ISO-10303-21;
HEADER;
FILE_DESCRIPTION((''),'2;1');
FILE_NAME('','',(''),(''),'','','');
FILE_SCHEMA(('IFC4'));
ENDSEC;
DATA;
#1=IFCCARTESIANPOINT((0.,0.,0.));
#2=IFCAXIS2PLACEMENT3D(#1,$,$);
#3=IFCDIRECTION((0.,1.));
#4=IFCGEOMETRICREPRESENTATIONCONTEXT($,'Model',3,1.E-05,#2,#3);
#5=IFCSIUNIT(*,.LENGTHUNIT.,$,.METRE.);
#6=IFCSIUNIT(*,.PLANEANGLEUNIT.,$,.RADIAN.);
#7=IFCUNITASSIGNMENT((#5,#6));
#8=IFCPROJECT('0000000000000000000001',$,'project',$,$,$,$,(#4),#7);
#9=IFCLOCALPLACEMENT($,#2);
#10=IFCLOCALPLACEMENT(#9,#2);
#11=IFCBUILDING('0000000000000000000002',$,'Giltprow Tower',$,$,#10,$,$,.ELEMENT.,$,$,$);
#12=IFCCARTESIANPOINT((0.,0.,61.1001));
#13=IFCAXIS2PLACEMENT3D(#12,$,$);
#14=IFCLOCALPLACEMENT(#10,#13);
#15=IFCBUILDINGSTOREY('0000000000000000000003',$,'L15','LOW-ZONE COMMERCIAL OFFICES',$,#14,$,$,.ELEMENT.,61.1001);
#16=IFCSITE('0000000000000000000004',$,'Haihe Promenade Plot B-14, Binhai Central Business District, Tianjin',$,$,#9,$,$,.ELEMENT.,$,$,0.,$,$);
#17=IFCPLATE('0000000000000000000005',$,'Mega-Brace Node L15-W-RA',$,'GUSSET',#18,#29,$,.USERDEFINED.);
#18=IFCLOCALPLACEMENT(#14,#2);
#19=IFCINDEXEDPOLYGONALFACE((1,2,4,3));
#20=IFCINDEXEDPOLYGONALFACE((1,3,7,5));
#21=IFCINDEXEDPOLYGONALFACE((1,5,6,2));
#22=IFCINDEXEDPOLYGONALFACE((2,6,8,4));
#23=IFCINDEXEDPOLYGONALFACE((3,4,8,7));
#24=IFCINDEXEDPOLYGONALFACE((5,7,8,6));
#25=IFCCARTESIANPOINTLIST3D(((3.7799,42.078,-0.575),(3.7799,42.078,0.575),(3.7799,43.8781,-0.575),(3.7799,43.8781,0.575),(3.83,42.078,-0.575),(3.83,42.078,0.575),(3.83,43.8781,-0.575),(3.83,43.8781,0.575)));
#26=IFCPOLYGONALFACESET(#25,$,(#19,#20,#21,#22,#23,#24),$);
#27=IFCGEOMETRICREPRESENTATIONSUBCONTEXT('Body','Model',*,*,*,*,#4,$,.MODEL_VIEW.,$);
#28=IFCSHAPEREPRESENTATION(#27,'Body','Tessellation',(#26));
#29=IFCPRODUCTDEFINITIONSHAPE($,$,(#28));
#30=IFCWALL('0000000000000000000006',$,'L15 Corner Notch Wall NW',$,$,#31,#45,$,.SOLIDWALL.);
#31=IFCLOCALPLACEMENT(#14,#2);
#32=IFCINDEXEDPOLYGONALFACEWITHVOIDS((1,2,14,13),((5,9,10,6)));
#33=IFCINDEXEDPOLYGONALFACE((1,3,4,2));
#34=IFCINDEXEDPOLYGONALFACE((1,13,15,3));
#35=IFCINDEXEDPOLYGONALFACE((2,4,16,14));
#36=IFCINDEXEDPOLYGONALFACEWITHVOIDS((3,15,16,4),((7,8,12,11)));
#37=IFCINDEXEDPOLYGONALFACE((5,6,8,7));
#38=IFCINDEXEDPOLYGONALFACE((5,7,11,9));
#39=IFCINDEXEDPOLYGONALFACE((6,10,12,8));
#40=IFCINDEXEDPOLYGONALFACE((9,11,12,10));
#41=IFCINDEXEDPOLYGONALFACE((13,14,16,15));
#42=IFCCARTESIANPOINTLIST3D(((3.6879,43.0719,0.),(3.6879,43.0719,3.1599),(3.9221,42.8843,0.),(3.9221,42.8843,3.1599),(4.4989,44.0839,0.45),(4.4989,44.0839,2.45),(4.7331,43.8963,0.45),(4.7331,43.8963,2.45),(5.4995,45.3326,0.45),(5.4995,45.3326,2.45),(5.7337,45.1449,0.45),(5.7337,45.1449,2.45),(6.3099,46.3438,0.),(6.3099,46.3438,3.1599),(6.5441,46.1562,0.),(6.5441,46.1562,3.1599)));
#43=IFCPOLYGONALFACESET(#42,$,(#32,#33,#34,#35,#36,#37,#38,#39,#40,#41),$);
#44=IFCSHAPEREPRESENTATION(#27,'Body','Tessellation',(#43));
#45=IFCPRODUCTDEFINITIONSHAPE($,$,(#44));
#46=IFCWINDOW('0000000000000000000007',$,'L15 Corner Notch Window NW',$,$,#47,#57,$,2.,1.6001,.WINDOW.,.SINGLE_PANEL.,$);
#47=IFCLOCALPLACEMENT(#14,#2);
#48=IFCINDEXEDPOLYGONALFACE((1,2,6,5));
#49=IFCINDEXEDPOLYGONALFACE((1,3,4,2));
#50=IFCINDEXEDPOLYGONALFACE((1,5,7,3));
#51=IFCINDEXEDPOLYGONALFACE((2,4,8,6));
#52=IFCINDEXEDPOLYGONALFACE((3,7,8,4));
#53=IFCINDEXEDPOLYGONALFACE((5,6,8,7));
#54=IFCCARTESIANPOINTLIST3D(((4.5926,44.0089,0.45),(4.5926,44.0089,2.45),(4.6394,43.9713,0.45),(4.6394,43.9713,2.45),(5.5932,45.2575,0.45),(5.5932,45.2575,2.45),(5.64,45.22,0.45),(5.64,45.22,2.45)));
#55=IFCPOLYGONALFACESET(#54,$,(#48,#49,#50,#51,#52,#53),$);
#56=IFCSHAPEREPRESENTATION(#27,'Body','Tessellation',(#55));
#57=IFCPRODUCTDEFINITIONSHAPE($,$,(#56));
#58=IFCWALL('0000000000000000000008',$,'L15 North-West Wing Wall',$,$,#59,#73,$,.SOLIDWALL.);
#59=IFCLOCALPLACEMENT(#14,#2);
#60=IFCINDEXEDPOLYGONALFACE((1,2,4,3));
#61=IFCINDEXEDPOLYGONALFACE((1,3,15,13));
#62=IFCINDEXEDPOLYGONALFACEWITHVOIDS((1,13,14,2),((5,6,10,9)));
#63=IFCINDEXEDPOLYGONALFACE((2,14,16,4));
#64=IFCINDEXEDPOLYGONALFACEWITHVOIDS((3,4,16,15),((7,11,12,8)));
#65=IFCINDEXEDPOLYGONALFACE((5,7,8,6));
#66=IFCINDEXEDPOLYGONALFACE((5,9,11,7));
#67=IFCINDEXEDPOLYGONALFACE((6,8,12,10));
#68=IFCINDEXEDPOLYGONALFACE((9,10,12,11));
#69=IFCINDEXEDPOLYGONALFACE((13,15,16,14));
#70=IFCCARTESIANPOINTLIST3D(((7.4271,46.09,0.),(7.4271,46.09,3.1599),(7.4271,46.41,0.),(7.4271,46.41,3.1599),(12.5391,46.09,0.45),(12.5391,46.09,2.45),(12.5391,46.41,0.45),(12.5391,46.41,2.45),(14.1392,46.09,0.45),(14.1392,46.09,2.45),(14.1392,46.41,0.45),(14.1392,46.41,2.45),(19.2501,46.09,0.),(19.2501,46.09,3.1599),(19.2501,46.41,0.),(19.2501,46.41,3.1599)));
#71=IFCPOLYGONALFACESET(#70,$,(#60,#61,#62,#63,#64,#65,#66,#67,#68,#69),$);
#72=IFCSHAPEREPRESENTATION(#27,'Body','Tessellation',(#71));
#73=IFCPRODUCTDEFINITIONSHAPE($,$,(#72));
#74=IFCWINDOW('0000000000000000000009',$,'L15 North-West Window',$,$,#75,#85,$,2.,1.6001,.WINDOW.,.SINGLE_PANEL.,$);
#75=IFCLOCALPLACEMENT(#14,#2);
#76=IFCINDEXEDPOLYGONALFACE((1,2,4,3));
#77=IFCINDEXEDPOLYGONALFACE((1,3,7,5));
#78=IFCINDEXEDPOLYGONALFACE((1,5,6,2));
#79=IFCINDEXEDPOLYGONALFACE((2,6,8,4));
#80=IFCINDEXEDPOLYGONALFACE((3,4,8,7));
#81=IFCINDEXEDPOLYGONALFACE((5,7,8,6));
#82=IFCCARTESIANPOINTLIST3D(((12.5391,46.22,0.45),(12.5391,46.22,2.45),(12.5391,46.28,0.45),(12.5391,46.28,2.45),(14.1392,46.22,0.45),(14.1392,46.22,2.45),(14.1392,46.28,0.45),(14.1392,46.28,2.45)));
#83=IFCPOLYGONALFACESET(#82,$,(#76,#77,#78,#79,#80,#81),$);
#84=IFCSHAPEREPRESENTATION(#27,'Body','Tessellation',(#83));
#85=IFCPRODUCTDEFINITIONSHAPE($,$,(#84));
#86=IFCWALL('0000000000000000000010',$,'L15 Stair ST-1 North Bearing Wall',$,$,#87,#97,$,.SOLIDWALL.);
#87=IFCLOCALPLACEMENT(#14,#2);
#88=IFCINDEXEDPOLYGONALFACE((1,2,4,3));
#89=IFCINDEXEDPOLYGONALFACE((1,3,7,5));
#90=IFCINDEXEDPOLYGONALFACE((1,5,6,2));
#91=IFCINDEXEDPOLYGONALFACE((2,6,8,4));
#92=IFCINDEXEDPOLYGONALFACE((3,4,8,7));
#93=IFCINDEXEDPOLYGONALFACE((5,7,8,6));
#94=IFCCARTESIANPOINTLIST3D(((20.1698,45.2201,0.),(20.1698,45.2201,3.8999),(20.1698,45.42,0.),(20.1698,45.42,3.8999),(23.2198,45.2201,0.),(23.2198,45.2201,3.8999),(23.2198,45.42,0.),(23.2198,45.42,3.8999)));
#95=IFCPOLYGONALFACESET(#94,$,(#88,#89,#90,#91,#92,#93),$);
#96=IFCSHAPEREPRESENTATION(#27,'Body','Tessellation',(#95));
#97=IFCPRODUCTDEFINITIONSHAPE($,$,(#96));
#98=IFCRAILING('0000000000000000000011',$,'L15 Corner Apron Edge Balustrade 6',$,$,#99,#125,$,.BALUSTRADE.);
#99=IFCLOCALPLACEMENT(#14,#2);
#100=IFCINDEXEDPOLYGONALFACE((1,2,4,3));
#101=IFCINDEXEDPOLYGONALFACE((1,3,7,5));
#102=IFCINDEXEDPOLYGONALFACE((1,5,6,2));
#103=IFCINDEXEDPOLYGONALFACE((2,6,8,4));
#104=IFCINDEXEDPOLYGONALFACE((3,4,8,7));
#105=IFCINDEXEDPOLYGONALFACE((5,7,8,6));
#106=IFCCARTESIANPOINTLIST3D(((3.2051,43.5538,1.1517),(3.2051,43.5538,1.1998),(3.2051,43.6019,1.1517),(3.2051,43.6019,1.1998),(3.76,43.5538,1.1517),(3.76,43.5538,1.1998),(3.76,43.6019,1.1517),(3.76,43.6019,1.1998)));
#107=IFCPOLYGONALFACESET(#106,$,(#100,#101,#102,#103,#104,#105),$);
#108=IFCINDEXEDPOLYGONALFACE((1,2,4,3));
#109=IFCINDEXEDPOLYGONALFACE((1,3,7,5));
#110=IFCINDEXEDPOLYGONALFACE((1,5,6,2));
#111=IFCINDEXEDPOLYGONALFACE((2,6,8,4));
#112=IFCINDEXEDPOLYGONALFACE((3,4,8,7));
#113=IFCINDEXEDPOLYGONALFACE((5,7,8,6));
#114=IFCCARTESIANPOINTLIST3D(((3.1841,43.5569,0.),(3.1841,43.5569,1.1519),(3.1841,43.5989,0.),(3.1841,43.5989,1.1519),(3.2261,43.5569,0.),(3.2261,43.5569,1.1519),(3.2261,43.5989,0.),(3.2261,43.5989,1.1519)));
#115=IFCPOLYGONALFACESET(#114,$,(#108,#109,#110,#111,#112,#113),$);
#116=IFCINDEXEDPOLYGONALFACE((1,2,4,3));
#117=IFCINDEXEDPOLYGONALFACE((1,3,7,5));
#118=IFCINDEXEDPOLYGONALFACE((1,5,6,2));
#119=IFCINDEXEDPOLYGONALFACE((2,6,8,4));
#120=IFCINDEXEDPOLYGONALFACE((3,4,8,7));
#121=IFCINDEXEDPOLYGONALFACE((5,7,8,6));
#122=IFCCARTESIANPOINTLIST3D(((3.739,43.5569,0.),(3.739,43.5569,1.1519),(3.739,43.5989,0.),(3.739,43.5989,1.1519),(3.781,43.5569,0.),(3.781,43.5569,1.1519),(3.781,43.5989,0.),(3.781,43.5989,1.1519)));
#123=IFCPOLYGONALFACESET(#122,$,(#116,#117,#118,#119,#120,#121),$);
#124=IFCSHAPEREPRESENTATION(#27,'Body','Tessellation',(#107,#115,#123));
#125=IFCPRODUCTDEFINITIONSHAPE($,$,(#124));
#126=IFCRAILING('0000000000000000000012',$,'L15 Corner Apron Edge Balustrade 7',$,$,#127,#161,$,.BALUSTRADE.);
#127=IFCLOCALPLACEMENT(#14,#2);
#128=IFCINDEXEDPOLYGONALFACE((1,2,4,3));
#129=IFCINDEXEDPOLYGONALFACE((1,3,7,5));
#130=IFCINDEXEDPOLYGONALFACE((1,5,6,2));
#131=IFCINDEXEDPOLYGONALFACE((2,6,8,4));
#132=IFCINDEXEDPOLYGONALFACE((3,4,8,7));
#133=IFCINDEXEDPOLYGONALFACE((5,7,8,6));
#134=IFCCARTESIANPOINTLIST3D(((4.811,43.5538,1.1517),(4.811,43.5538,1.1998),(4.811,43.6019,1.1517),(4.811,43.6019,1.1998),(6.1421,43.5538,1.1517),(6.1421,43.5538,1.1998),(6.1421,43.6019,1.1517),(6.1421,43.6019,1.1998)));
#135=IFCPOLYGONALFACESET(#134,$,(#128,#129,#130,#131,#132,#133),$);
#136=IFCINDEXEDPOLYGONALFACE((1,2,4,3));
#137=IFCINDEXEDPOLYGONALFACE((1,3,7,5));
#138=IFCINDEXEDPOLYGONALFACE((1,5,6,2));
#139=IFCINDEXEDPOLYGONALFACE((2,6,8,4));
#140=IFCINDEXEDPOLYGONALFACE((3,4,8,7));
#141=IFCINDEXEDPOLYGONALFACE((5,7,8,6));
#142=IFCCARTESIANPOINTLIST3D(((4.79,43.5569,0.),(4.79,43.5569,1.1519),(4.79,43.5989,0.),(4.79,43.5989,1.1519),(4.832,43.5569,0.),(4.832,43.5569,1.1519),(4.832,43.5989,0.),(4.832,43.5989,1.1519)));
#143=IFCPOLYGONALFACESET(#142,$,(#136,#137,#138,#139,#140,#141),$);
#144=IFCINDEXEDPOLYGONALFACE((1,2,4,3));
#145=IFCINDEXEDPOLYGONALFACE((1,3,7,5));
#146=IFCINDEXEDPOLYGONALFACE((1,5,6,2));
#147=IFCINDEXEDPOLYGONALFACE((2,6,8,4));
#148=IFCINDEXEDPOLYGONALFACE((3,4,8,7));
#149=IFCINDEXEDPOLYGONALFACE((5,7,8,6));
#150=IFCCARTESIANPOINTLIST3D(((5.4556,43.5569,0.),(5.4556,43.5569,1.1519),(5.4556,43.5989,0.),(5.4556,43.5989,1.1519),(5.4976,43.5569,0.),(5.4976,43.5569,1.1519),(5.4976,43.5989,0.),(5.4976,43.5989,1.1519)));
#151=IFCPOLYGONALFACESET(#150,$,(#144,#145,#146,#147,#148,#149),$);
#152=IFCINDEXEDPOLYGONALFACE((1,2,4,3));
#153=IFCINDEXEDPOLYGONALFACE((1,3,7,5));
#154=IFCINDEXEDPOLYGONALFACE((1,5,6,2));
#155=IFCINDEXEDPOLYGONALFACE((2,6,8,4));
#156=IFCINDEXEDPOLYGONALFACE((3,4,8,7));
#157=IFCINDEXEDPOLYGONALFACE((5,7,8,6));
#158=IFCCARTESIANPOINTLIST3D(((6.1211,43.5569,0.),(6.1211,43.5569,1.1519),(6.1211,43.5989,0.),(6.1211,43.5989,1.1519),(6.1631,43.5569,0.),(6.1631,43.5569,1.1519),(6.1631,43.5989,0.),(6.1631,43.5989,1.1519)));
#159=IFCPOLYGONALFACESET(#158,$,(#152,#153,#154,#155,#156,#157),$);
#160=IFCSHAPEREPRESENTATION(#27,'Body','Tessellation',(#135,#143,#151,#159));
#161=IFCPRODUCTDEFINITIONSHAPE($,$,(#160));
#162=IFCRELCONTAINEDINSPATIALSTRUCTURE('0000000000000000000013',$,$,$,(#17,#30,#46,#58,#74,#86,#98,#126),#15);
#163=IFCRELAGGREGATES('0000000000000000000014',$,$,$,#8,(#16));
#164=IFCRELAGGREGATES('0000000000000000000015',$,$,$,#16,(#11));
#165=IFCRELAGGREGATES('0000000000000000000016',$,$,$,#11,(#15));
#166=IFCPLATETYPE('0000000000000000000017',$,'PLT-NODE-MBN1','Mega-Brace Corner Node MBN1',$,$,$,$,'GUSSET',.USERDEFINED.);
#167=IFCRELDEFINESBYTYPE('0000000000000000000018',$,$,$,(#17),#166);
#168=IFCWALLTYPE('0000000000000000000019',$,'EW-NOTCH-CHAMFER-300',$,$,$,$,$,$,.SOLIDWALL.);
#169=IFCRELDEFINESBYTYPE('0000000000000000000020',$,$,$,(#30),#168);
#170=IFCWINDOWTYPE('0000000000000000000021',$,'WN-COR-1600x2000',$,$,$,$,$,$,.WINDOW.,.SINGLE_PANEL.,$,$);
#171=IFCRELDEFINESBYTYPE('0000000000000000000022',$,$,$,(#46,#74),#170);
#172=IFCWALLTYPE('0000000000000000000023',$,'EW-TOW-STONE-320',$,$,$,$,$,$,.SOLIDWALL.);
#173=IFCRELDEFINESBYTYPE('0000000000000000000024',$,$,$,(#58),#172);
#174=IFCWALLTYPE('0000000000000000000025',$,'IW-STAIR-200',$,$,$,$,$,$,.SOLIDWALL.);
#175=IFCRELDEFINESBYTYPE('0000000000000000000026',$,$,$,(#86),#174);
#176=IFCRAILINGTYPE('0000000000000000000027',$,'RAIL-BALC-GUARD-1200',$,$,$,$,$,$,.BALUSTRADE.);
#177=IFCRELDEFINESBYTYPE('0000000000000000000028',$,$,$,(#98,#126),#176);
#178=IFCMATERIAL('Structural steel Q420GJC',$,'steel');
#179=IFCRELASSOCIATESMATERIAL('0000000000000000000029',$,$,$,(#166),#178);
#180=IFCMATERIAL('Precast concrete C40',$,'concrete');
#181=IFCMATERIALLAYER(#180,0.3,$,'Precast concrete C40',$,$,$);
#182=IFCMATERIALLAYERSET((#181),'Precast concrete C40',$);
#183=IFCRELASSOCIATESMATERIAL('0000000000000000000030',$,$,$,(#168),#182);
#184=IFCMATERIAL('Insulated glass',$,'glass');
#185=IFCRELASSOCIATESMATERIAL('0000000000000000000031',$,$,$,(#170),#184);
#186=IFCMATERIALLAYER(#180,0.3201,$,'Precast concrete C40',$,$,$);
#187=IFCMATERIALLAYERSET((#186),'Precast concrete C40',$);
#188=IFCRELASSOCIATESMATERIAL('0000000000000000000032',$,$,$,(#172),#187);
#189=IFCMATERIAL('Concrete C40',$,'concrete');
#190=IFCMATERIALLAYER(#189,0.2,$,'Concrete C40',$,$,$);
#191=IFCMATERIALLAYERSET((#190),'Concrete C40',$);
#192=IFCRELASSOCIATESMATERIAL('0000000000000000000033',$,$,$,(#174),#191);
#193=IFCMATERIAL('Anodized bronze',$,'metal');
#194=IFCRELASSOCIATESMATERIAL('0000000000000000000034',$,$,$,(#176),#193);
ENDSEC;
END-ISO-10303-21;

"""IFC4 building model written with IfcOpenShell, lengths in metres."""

from ifc_helpers import new_model, si_unit, direction, frame, frame_2d, origin, origin_2d, place, context, subcontext, project, spatial, rectangle, extrude, source, transform, mapped, material, layer, layer_set, type_object, element, fill, save


model = new_model("IFC4")

# Units and contexts
model_context = context("Model", 3, precision=1e-05, world=origin(), true_north=direction((0.0, 1.0)))
body_context = subcontext(model_context, "Body", "Model", "MODEL_VIEW")
ifc_project = project(units=[si_unit("LENGTHUNIT", "METRE"), si_unit("PLANEANGLEUNIT", "RADIAN")], contexts=[model_context])

# Site, building, storey
site_placement = place(None, origin())
site = spatial("IfcSite", under=ifc_project, at=site_placement, Name="Haihe Promenade Plot B-14, Binhai Central Business District, Tianjin", CompositionType="ELEMENT", RefElevation=0.0)
building_placement = place(site_placement, origin())
building = spatial("IfcBuilding", under=site, at=building_placement, Name="Giltprow Tower", CompositionType="ELEMENT")
storey_placement = place(building_placement, frame((0.0, 0.0, 61.1001)))
storey = spatial("IfcBuildingStorey", under=building, at=storey_placement, Name="L15", Description="LOW-ZONE COMMERCIAL OFFICES", CompositionType="ELEMENT", Elevation=61.1001)

# Shared definitions
ifc_material_1 = material(Name="Structural steel Q420GJC", Category="steel")

# Plate
plate_type = type_object("IfcPlateType", Name="PLT-NODE-MBN1", Description="Mega-Brace Corner Node MBN1", ElementType="GUSSET", PredefinedType="USERDEFINED", material=ifc_material_1)
shared_shape_1 = source(origin(), body_context, "Body", "SweptSolid", [
    extrude(rectangle(XDim=1.8, YDim=0.05, at=origin_2d()), origin(), (0.0, 0.0, 1.0), 1.1499),
])
for number, where, z_axis, x_axis, name in (
    (1, (3.8049, 42.978, -0.575), (0.0, 0.0, 1.0), (0.0, 1.0, 0.0), "Mega-Brace Node L15-W-RA"),
):
    element("IfcPlate", number, at=place(storey_placement, frame(where, z_axis=z_axis, x_axis=x_axis)), inside=storey, type_object=plate_type, Name=name, ObjectType="GUSSET", PredefinedType="USERDEFINED", context=body_context, shape_type="MappedRepresentation", body=[
        mapped(shared_shape_1, transform((0.0, 0.0, 0.0), x_axis=(1.0, 0.0, 0.0), y_axis=(0.0, 1.0, 0.0), z_axis=(0.0, 0.0, 1.0), scale=1.0)),
    ])

# Walls, openings, windows
ifc_material_2 = material(Name="Precast concrete C40", Category="concrete")
ifc_layer_1 = layer(ifc_material_2, 0.3, Name="Precast concrete C40")
ifc_layer_set_1 = layer_set([ifc_layer_1], Name="Precast concrete C40")
wall_type_1 = type_object("IfcWallType", Name="EW-NOTCH-CHAMFER-300", PredefinedType="SOLIDWALL", material=ifc_layer_set_1)
wall_1_placement = place(storey_placement, frame((6.427, 46.25, 0.0), z_axis=(0.0, 0.0, 1.0), x_axis=(-0.625348, -0.780346, 0.0)))
wall_1 = element("IfcWall", 2, at=wall_1_placement, inside=storey, type_object=wall_type_1, Name="L15 Corner Notch Wall NW", PredefinedType="SOLIDWALL", context=body_context, shape_type="SweptSolid", body=[
    extrude(rectangle(XDim=4.1929, YDim=0.3, at=frame_2d((2.0964, 0.0))), origin(), (0.0, 0.0, 1.0), 3.1599),
])
opening_1_placement = place(wall_1_placement, frame((1.2959, 0.0, 0.45)))
opening_1 = element("IfcOpeningElement", 3, at=opening_1_placement, cuts=wall_1, PredefinedType="OPENING", context=body_context, shape_type="SweptSolid", body=[
    extrude(rectangle(XDim=1.6001, YDim=2.0, at=frame_2d((0.8, 1.0))), frame((0.0, 0.1599, 0.0), z_axis=(0.0, -1.0, 0.0), x_axis=(1.0, 0.0, 0.0)), (0.0, 0.0, 1.0), 0.3201),
])
ifc_material_3 = material(Name="Insulated glass", Category="glass")
window_type = type_object("IfcWindowType", Name="WN-COR-1600x2000", PartitioningType="SINGLE_PANEL", PredefinedType="WINDOW", material=ifc_material_3)
shared_shape_2 = source(origin(), body_context, "Body", "SweptSolid", [
    extrude(rectangle(XDim=1.6001, YDim=2.0, at=frame_2d((0.8, 1.0))), frame((0.0, 0.03, 0.0), z_axis=(0.0, -1.0, 0.0), x_axis=(1.0, 0.0, 0.0)), (0.0, 0.0, 1.0), 0.0601),
])
window_1_placement = place(opening_1_placement, origin())
window_1 = element("IfcWindow", 4, at=window_1_placement, inside=storey, type_object=window_type, Name="L15 Corner Notch Window NW", OverallHeight=2.0, OverallWidth=1.6001, PartitioningType="SINGLE_PANEL", PredefinedType="WINDOW", context=body_context, shape_type="MappedRepresentation", body=[
    mapped(shared_shape_2, transform((0.0, 0.0, 0.0), x_axis=(1.0, 0.0, 0.0), y_axis=(0.0, 1.0, 0.0), z_axis=(0.0, 0.0, 1.0), scale=1.0)),
])
fill(opening_1, window_1)
ifc_layer_2 = layer(ifc_material_2, 0.3201, Name="Precast concrete C40")
ifc_layer_set_2 = layer_set([ifc_layer_2], Name="Precast concrete C40")
wall_type_2 = type_object("IfcWallType", Name="EW-TOW-STONE-320", PredefinedType="SOLIDWALL", material=ifc_layer_set_2)
wall_2_placement = place(storey_placement, frame((7.427, 46.25, 0.0), z_axis=(0.0, 0.0, 1.0), x_axis=(1.0, 0.0, 0.0)))
wall_2 = element("IfcWall", 5, at=wall_2_placement, inside=storey, type_object=wall_type_2, Name="L15 North-West Wing Wall", PredefinedType="SOLIDWALL", context=body_context, shape_type="SweptSolid", body=[
    extrude(rectangle(XDim=11.823, YDim=0.3201, at=frame_2d((5.9116, 0.0))), origin(), (0.0, 0.0, 1.0), 3.1599),
])
opening_2_placement = place(wall_2_placement, frame((5.1121, 0.0, 0.45)))
opening_2 = element("IfcOpeningElement", 6, at=opening_2_placement, cuts=wall_2, PredefinedType="OPENING", context=body_context, shape_type="SweptSolid", body=[
    extrude(rectangle(XDim=1.6001, YDim=2.0, at=frame_2d((0.8, 1.0))), frame((0.0, 0.1699, 0.0), z_axis=(0.0, -1.0, 0.0), x_axis=(1.0, 0.0, 0.0)), (0.0, 0.0, 1.0), 0.3401),
])
window_2_placement = place(opening_2_placement, origin())
window_2 = element("IfcWindow", 7, at=window_2_placement, inside=storey, type_object=window_type, Name="L15 North-West Window", OverallHeight=2.0, OverallWidth=1.6001, PartitioningType="SINGLE_PANEL", PredefinedType="WINDOW", context=body_context, shape_type="MappedRepresentation", body=[
    mapped(shared_shape_2, transform((0.0, 0.0, 0.0), x_axis=(1.0, 0.0, 0.0), y_axis=(0.0, 1.0, 0.0), z_axis=(0.0, 0.0, 1.0), scale=1.0)),
])
fill(opening_2, window_2)

# Wall
ifc_material_4 = material(Name="Concrete C40", Category="concrete")
ifc_layer_3 = layer(ifc_material_4, 0.2, Name="Concrete C40")
ifc_layer_set_3 = layer_set([ifc_layer_3], Name="Concrete C40")
wall_type_3 = type_object("IfcWallType", Name="IW-STAIR-200", PredefinedType="SOLIDWALL", material=ifc_layer_set_3)
wall_3_placement = place(storey_placement, frame((20.1699, 45.3201, 0.0), z_axis=(0.0, 0.0, 1.0), x_axis=(1.0, 0.0, 0.0)))
element("IfcWall", 8, at=wall_3_placement, inside=storey, type_object=wall_type_3, Name="L15 Stair ST-1 North Bearing Wall", PredefinedType="SOLIDWALL", context=body_context, shape_type="SweptSolid", body=[
    extrude(rectangle(XDim=3.05, YDim=0.2, at=frame_2d((1.5249, 0.0))), origin(), (0.0, 0.0, 1.0), 3.8999),
])

# Railings
ifc_material_5 = material(Name="Anodized bronze", Category="metal")
railing_type_1 = type_object("IfcRailingType", Name="RAIL-BALC-GUARD-1200", PredefinedType="BALUSTRADE", material=ifc_material_5)
railing_1_placement = place(storey_placement, frame((3.2051, 43.5779, 0.0)))
element("IfcRailing", 9, at=railing_1_placement, inside=storey, type_object=railing_type_1, Name="L15 Corner Apron Edge Balustrade 6", PredefinedType="BALUSTRADE", context=body_context, shape_type="SweptSolid", body=[
    extrude(rectangle(XDim=0.0481, YDim=0.0481, at=origin_2d()), frame((0.0, 0.0, 1.1758), z_axis=(1.0, 0.0, 0.0), x_axis=(0.0, 1.0, 0.0)), (0.0, 0.0, 1.0), 0.5549),
    extrude(rectangle(XDim=0.042, YDim=0.042, at=origin_2d()), origin(), (0.0, 0.0, 1.0), 1.1519),
    extrude(rectangle(XDim=0.042, YDim=0.042, at=origin_2d()), frame((0.5549, 0.0, 0.0)), (0.0, 0.0, 1.0), 1.1519),
])
railing_2_placement = place(storey_placement, frame((4.811, 43.5779, 0.0)))
element("IfcRailing", 10, at=railing_2_placement, inside=storey, type_object=railing_type_1, Name="L15 Corner Apron Edge Balustrade 7", PredefinedType="BALUSTRADE", context=body_context, shape_type="SweptSolid", body=[
    extrude(rectangle(XDim=0.0481, YDim=0.0481, at=origin_2d()), frame((0.0, 0.0, 1.1758), z_axis=(1.0, 0.0, 0.0), x_axis=(0.0, 1.0, 0.0)), (0.0, 0.0, 1.0), 1.3311),
    extrude(rectangle(XDim=0.042, YDim=0.042, at=origin_2d()), origin(), (0.0, 0.0, 1.0), 1.1519),
    extrude(rectangle(XDim=0.042, YDim=0.042, at=origin_2d()), frame((0.6655, 0.0, 0.0)), (0.0, 0.0, 1.0), 1.1519),
    extrude(rectangle(XDim=0.042, YDim=0.042, at=origin_2d()), frame((1.3311, 0.0, 0.0)), (0.0, 0.0, 1.0), 1.1519),
])

save(model, "model.ifc")
